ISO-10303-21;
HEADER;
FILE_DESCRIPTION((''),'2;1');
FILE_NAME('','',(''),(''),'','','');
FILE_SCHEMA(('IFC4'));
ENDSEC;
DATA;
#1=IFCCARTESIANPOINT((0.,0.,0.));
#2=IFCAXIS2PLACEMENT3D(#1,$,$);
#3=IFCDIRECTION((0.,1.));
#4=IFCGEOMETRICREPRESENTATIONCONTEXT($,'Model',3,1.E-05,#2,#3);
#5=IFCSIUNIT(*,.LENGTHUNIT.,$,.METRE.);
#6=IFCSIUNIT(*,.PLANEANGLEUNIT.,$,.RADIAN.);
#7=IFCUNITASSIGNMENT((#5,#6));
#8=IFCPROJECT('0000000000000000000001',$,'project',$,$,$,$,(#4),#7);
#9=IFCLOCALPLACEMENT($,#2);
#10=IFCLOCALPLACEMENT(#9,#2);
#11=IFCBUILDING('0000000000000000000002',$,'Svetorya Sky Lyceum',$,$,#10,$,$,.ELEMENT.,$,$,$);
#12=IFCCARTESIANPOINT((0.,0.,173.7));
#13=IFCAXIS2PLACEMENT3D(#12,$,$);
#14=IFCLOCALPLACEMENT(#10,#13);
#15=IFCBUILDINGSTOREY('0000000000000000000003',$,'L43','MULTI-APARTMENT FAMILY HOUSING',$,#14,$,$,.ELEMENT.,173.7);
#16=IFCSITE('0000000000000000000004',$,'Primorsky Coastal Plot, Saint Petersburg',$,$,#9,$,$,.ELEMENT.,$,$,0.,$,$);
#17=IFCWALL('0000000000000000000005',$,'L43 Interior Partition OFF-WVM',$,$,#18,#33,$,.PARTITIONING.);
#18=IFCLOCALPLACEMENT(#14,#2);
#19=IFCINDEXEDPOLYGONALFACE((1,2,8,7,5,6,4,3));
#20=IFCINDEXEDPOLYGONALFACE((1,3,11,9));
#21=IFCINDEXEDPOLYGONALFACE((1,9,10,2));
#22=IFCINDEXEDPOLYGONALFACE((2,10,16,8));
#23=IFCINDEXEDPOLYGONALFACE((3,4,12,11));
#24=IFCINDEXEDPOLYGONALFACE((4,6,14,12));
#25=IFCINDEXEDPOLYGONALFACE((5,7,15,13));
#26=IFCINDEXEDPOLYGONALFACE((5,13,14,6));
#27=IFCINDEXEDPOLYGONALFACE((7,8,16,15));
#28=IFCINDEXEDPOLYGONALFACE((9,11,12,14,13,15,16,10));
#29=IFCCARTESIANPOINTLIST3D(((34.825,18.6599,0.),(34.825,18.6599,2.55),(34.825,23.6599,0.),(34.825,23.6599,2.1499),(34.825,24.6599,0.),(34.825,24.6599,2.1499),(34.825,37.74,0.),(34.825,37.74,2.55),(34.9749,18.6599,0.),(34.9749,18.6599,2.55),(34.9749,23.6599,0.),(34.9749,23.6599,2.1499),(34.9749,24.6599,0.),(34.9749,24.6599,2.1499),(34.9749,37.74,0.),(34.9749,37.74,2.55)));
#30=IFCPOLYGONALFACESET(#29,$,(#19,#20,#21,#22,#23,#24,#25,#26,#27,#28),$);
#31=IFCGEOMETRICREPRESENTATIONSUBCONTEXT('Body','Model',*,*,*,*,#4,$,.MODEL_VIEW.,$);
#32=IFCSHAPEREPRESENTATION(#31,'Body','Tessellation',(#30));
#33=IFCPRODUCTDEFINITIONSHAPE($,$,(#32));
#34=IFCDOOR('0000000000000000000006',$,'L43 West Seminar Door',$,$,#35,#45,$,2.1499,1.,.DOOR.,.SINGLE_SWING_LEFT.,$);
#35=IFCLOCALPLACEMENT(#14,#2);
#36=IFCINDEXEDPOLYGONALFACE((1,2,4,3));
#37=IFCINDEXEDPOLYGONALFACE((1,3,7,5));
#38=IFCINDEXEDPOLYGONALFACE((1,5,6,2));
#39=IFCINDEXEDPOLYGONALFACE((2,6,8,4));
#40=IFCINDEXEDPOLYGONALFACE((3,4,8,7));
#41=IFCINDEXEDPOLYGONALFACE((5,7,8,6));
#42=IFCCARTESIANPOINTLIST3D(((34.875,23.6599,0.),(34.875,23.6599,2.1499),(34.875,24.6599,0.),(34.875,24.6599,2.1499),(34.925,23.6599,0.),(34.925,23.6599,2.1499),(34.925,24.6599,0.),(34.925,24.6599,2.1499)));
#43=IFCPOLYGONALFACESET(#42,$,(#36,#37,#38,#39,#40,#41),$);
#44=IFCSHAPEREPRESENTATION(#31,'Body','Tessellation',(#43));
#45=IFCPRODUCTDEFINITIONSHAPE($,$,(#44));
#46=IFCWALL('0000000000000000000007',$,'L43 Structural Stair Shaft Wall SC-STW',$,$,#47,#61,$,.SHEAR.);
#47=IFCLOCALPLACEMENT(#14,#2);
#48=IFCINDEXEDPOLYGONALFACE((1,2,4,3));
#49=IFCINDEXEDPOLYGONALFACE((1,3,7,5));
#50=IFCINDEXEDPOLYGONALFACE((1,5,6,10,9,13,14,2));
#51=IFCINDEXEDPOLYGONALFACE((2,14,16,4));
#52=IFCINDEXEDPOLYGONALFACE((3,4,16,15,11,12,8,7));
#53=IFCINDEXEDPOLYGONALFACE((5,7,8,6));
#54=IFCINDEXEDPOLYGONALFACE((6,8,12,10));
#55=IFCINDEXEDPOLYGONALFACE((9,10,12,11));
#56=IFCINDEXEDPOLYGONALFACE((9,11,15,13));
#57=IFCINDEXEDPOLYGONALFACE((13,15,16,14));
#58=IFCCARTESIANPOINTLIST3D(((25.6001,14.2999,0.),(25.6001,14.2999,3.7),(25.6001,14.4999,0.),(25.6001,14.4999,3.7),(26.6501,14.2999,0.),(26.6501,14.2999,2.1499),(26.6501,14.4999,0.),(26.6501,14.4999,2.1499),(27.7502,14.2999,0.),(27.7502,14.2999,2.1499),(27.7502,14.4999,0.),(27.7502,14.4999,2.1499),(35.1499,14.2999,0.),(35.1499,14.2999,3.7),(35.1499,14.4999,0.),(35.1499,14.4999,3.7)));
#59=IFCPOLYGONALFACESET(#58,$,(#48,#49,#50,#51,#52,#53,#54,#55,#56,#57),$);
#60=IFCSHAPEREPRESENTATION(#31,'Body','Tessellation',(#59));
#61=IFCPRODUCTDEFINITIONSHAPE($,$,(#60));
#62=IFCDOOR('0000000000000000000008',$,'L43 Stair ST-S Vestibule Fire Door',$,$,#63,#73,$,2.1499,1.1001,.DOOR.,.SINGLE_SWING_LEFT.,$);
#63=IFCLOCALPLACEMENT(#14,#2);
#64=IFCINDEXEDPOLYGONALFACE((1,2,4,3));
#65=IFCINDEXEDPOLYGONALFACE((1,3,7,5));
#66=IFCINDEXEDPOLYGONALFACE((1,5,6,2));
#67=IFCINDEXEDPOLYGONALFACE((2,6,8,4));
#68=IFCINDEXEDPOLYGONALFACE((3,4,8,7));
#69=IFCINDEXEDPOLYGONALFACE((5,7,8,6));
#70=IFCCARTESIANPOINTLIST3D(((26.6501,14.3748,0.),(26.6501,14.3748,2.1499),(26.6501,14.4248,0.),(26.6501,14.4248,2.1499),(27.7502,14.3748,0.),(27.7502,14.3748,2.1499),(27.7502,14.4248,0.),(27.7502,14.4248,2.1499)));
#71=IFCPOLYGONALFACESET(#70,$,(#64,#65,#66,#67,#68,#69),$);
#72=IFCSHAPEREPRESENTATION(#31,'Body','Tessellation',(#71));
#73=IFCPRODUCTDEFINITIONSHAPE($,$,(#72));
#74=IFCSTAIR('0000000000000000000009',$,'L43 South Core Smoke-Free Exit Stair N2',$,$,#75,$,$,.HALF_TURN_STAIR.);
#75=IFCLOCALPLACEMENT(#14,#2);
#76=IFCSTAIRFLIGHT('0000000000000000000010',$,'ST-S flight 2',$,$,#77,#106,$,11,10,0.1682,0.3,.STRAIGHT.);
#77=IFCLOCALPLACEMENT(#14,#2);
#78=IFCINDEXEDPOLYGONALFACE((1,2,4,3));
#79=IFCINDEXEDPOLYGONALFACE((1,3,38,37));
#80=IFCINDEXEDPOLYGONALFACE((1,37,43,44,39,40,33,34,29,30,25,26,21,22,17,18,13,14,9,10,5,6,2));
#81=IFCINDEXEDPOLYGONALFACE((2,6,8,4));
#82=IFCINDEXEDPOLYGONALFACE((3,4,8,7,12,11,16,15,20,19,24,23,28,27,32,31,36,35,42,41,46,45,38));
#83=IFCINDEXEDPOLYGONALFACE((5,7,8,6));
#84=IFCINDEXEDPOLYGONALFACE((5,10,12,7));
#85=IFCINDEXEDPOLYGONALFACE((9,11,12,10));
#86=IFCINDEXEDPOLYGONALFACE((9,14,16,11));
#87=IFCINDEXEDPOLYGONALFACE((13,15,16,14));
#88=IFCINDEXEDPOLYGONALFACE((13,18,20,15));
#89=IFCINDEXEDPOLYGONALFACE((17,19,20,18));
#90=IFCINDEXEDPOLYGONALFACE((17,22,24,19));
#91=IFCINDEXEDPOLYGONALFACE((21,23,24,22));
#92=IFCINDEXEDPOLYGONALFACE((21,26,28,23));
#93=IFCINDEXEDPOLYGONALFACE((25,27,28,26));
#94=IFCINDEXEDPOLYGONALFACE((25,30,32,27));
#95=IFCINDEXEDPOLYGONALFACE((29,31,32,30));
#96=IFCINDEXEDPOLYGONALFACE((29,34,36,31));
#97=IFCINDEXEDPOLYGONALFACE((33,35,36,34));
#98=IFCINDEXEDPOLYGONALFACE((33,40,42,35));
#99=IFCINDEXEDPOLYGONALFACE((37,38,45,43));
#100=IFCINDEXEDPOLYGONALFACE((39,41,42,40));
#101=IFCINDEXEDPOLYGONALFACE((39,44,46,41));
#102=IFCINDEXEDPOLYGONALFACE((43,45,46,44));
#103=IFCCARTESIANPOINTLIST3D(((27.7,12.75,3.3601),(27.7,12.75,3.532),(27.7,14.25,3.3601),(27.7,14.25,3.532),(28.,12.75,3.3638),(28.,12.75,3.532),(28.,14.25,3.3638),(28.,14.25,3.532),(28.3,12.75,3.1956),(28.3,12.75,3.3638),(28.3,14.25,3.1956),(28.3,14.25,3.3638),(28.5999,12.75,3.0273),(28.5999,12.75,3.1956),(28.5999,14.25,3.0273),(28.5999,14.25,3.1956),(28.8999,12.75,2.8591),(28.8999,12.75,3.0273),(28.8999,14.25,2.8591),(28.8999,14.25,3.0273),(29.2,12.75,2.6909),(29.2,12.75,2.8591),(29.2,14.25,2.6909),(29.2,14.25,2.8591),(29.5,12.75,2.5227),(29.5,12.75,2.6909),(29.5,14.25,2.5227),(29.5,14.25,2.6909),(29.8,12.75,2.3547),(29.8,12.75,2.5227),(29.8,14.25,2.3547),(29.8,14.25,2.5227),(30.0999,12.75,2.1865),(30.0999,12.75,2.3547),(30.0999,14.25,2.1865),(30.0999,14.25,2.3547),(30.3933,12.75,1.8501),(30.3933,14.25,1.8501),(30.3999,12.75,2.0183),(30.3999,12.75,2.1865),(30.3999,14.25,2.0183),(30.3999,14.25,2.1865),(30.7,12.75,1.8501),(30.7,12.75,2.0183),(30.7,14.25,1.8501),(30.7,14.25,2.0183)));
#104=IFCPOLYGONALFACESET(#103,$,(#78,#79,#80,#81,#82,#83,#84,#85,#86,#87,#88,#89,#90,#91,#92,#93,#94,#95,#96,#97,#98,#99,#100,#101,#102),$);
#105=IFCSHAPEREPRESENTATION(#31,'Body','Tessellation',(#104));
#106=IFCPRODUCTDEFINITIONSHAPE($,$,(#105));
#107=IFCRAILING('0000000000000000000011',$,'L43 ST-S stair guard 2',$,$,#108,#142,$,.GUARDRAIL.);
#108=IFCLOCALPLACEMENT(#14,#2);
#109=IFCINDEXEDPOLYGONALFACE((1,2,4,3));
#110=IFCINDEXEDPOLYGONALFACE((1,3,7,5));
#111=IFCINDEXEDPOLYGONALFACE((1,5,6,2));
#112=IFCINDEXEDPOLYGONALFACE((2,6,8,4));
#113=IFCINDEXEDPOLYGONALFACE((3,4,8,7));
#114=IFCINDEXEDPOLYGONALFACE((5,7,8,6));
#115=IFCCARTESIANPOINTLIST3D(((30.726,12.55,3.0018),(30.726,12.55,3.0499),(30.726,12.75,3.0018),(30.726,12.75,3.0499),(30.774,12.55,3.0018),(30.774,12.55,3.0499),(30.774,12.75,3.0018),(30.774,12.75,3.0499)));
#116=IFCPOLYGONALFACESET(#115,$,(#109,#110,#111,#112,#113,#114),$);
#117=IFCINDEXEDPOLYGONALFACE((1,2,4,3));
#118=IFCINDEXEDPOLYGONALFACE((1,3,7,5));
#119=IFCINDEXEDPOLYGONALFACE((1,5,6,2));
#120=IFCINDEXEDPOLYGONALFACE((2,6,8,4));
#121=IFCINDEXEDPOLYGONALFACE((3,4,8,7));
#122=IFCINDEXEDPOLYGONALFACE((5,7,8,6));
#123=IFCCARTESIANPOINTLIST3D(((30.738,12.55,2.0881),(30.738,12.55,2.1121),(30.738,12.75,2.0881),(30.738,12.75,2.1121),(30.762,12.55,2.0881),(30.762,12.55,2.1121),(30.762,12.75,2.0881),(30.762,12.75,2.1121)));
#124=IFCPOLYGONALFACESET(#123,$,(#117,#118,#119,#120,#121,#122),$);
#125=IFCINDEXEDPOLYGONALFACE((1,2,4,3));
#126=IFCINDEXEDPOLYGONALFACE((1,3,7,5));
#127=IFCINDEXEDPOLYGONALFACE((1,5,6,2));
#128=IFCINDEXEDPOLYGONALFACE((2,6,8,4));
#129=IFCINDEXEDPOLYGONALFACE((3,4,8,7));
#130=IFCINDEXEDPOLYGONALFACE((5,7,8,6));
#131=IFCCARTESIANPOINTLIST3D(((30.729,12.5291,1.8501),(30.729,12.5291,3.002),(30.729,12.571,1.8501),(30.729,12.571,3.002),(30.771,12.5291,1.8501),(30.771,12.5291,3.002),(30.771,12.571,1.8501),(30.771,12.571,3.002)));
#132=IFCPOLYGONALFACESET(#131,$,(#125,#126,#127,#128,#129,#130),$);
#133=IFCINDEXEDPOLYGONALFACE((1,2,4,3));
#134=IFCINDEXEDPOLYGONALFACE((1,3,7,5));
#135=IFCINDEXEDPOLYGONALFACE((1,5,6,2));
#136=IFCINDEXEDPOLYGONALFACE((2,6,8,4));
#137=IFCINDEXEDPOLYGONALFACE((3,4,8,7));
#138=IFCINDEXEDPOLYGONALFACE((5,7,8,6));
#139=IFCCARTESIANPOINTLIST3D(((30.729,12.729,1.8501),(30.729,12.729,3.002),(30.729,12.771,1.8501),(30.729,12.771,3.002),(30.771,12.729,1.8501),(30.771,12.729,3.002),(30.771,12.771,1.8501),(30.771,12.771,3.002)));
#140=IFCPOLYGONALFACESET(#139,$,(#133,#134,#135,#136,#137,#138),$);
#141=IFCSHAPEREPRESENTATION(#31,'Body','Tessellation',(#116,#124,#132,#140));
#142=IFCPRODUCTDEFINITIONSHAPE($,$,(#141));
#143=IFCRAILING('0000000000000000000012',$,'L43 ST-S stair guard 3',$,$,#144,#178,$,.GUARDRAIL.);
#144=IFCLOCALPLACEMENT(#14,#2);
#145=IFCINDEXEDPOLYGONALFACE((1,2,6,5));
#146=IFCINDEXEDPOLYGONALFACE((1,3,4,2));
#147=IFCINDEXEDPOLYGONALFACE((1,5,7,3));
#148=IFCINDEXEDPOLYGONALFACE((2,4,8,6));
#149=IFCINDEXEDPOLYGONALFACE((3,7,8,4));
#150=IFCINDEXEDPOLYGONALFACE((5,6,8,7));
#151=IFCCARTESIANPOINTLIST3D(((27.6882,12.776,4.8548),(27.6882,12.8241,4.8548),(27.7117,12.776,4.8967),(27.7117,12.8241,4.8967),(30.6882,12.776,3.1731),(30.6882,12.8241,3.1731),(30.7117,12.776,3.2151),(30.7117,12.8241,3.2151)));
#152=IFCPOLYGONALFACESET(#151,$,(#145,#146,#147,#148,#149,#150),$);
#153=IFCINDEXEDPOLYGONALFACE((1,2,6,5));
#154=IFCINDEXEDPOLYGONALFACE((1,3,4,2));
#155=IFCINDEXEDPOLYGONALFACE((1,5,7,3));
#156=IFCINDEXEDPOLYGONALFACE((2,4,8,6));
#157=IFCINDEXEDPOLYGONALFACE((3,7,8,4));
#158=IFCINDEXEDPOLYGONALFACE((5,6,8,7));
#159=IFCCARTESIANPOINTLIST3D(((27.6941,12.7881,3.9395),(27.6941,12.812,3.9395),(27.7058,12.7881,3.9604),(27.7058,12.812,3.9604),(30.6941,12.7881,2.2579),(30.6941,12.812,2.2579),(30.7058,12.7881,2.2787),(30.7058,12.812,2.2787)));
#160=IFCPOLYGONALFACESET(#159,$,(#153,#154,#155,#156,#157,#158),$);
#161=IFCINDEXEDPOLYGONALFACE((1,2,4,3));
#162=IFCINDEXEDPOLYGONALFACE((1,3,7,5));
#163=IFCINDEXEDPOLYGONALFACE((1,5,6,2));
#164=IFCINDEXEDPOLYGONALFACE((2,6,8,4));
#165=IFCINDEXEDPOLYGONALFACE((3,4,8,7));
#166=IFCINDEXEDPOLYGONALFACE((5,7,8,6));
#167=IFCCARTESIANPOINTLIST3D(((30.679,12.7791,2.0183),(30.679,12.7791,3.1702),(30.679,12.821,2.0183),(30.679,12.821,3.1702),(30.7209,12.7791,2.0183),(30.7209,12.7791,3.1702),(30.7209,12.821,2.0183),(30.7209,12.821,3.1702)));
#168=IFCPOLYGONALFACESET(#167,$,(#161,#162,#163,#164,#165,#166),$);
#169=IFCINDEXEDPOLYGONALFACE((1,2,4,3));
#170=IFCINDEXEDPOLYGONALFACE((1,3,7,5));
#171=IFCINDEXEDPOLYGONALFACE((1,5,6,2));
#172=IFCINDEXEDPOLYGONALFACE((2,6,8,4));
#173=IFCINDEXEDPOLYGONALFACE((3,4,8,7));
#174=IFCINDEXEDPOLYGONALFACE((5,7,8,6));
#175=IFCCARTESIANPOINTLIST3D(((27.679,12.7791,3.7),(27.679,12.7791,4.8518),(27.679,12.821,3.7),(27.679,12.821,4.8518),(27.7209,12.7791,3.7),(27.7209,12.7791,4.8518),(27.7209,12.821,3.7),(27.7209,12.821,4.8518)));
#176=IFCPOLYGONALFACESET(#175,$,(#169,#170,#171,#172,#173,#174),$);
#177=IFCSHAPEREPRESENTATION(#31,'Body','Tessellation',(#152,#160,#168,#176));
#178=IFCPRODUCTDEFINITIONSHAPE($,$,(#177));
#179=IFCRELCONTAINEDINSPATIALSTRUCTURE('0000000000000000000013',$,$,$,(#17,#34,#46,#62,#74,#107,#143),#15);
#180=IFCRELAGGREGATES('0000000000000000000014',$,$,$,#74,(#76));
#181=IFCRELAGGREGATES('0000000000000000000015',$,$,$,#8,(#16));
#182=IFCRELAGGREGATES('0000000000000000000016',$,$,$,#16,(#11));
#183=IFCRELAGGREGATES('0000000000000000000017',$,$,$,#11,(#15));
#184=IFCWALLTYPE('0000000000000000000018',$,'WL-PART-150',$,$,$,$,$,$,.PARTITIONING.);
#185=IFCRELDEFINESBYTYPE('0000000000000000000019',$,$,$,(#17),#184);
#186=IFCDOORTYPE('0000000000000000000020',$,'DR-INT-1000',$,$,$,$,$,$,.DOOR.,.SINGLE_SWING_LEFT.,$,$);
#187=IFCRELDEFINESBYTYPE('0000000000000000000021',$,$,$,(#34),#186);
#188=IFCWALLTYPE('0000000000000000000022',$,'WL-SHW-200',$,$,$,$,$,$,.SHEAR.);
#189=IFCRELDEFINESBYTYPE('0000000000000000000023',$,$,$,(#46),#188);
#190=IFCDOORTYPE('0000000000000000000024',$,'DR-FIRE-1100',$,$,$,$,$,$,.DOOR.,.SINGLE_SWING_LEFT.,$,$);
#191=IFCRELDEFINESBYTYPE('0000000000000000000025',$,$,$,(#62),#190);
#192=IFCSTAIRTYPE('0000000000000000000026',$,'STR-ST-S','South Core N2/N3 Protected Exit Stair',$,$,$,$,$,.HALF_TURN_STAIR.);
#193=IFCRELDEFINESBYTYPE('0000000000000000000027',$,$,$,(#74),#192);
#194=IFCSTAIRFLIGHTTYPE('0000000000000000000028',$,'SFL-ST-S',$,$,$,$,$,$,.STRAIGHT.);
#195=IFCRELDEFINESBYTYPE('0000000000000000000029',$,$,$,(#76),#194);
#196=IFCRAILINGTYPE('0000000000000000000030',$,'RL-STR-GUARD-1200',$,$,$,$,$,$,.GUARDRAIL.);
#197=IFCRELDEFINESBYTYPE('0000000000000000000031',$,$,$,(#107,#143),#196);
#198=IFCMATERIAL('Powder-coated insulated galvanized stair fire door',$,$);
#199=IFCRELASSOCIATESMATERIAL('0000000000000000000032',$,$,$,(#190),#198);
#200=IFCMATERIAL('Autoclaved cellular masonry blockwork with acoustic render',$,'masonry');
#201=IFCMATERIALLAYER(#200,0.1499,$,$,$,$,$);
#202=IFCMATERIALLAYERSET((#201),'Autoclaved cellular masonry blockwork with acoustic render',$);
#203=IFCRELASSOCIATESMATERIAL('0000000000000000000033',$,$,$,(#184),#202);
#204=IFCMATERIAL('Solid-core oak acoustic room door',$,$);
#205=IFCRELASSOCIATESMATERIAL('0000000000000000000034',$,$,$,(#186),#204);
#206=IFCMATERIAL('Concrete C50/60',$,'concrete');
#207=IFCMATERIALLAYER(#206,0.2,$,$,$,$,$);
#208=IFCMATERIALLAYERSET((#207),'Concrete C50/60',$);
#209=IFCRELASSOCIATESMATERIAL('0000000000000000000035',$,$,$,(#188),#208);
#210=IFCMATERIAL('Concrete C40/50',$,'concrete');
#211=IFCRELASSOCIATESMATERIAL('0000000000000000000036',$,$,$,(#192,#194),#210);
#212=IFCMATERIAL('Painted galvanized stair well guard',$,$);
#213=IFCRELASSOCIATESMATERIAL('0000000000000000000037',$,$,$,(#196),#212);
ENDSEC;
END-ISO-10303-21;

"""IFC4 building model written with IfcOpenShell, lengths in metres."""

from ifc_helpers import new_model, si_unit, direction, frame, frame_2d, origin, origin_2d, place, context, subcontext, project, spatial, polyline, rectangle, outline, extrude, material, layer, layer_set, type_object, element, fill, aggregate, save


model = new_model("IFC4")

# Units and contexts
model_context = context("Model", 3, precision=1e-05, world=origin(), true_north=direction((0.0, 1.0)))
body_context = subcontext(model_context, "Body", "Model", "MODEL_VIEW")
ifc_project = project(units=[si_unit("LENGTHUNIT", "METRE"), si_unit("PLANEANGLEUNIT", "RADIAN")], contexts=[model_context])

# Site, building, storey
site_placement = place(None, origin())
site = spatial("IfcSite", under=ifc_project, at=site_placement, Name="Primorsky Coastal Plot, Saint Petersburg", CompositionType="ELEMENT", RefElevation=0.0)
building_placement = place(site_placement, origin())
building = spatial("IfcBuilding", under=site, at=building_placement, Name="Svetorya Sky Lyceum", CompositionType="ELEMENT")
storey_placement = place(building_placement, frame((0.0, 0.0, 173.7)))
storey = spatial("IfcBuildingStorey", under=building, at=storey_placement, Name="L43", Description="MULTI-APARTMENT FAMILY HOUSING", CompositionType="ELEMENT", Elevation=173.7)

# Shared definitions
ifc_material_1 = material(Name="Concrete C50/60", Category="concrete")

# Shared definitions
ifc_material_2 = material(Name="Powder-coated insulated galvanized stair fire door")
door_type_1 = type_object("IfcDoorType", Name="DR-FIRE-1100", OperationType="SINGLE_SWING_LEFT", PredefinedType="DOOR", material=ifc_material_2)

# Shared definitions
ifc_material_3 = material(Name="Autoclaved cellular masonry blockwork with acoustic render", Category="masonry")
ifc_layer_1 = layer(ifc_material_3, 0.1499)
ifc_layer_set_1 = layer_set([ifc_layer_1], Name="Autoclaved cellular masonry blockwork with acoustic render")
wall_type_1 = type_object("IfcWallType", Name="WL-PART-150", PredefinedType="PARTITIONING", material=ifc_layer_set_1)

# Walls, openings, doors
wall_1_placement = place(storey_placement, frame((34.8999, 18.6599, 0.0), z_axis=(0.0, 0.0, 1.0), x_axis=(0.0, 1.0, 0.0)))
wall_1 = element("IfcWall", 1, at=wall_1_placement, inside=storey, type_object=wall_type_1, Name="L43 Interior Partition OFF-WVM", PredefinedType="PARTITIONING", context=body_context, shape_type="SweptSolid", body=[
    extrude(rectangle(XDim=19.0801, YDim=0.1499, at=frame_2d((9.54, 0.0))), origin(), (0.0, 0.0, 1.0), 2.55),
])
opening_1_placement = place(wall_1_placement, frame((5.0, 0.0, 0.0)))
opening_1 = element("IfcOpeningElement", 2, at=opening_1_placement, cuts=wall_1, PredefinedType="OPENING", context=body_context, shape_type="SweptSolid", body=[
    extrude(rectangle(XDim=1.0, YDim=2.1499, at=frame_2d((0.5, 1.075))), frame((0.0, 0.085, 0.0), z_axis=(0.0, -1.0, 0.0), x_axis=(1.0, 0.0, 0.0)), (0.0, 0.0, 1.0), 0.1699),
])
ifc_material_4 = material(Name="Solid-core oak acoustic room door")
door_type_2 = type_object("IfcDoorType", Name="DR-INT-1000", OperationType="SINGLE_SWING_LEFT", PredefinedType="DOOR", material=ifc_material_4)
door_1_placement = place(opening_1_placement, origin())
door_1 = element("IfcDoor", 3, at=door_1_placement, inside=storey, type_object=door_type_2, Name="L43 West Seminar Door", OperationType="SINGLE_SWING_LEFT", OverallHeight=2.1499, OverallWidth=1.0, PredefinedType="DOOR", context=body_context, shape_type="SweptSolid", body=[
    extrude(rectangle(XDim=1.0, YDim=2.1499, at=frame_2d((0.5, 1.075))), frame((0.0, 0.0249, 0.0), z_axis=(0.0, -1.0, 0.0), x_axis=(1.0, 0.0, 0.0)), (0.0, 0.0, 1.0), 0.05),
])
fill(opening_1, door_1)
ifc_layer_2 = layer(ifc_material_1, 0.2)
ifc_layer_set_2 = layer_set([ifc_layer_2], Name="Concrete C50/60")
wall_type_2 = type_object("IfcWallType", Name="WL-SHW-200", PredefinedType="SHEAR", material=ifc_layer_set_2)
wall_2_placement = place(storey_placement, frame((25.6001, 14.3999, 0.0), z_axis=(0.0, 0.0, 1.0), x_axis=(1.0, 0.0, 0.0)))
wall_2 = element("IfcWall", 4, at=wall_2_placement, inside=storey, type_object=wall_type_2, Name="L43 Structural Stair Shaft Wall SC-STW", PredefinedType="SHEAR", context=body_context, shape_type="SweptSolid", body=[
    extrude(rectangle(XDim=9.5498, YDim=0.2, at=frame_2d((4.7749, 0.0))), origin(), (0.0, 0.0, 1.0), 3.7),
])
opening_2_placement = place(wall_2_placement, frame((1.05, 0.0, 0.0)))
opening_2 = element("IfcOpeningElement", 5, at=opening_2_placement, cuts=wall_2, PredefinedType="OPENING", context=body_context, shape_type="SweptSolid", body=[
    extrude(rectangle(XDim=1.1001, YDim=2.1499, at=frame_2d((0.55, 1.075))), frame((0.0, 0.1099, 0.0), z_axis=(0.0, -1.0, 0.0), x_axis=(1.0, 0.0, 0.0)), (0.0, 0.0, 1.0), 0.22),
])
door_2_placement = place(opening_2_placement, origin())
door_2 = element("IfcDoor", 6, at=door_2_placement, inside=storey, type_object=door_type_1, Name="L43 Stair ST-S Vestibule Fire Door", OperationType="SINGLE_SWING_LEFT", OverallHeight=2.1499, OverallWidth=1.1001, PredefinedType="DOOR", context=body_context, shape_type="SweptSolid", body=[
    extrude(rectangle(XDim=1.1001, YDim=2.1499, at=frame_2d((0.55, 1.075))), frame((0.0, 0.0249, 0.0), z_axis=(0.0, -1.0, 0.0), x_axis=(1.0, 0.0, 0.0)), (0.0, 0.0, 1.0), 0.05),
])
fill(opening_2, door_2)

# Stair, stair flight
ifc_material_5 = material(Name="Concrete C40/50", Category="concrete")
stair_type = type_object("IfcStairType", Name="STR-ST-S", Description="South Core N2/N3 Protected Exit Stair", PredefinedType="HALF_TURN_STAIR", material=ifc_material_5)
stair_placement = place(storey_placement, origin())
stair = element("IfcStair", 7, at=stair_placement, inside=storey, type_object=stair_type, Name="L43 South Core Smoke-Free Exit Stair N2", PredefinedType="HALF_TURN_STAIR")
stair_flight_type = type_object("IfcStairFlightType", Name="SFL-ST-S", PredefinedType="STRAIGHT", material=ifc_material_5)
stair_flight_placement = place(storey_placement, frame((30.7, 13.5, 1.8501), z_axis=(0.0, 0.0, 1.0), x_axis=(-1.0, 0.0, 0.0)))
stair_flight = element("IfcStairFlight", 8, at=stair_flight_placement, type_object=stair_flight_type, Name="ST-S flight 2", NumberOfRisers=11, NumberOfTreads=10, PredefinedType="STRAIGHT", RiserHeight=0.1682, TreadLength=0.3, context=body_context, shape_type="SweptSolid", body=[
    extrude(outline(polyline([(0.0, 0.0), (0.0, 0.1682), (0.3, 0.1682), (0.3, 0.3364), (0.6001, 0.3364), (0.6001, 0.5046), (0.8999, 0.5046), (0.8999, 0.6726), (1.2, 0.6726), (1.2, 0.8408), (1.5, 0.8408), (1.5, 1.009), (1.8, 1.009), (1.8, 1.1772), (2.1001, 1.1772), (2.1001, 1.3455), (2.3999, 1.3455), (2.3999, 1.5137), (2.7, 1.5137), (2.7, 1.6819), (3.0, 1.6819), (3.0, 1.8501), (3.0, 1.51), (0.3066, 0.0), (0.0, 0.0)])), frame((0.0, 0.75, 0.0), z_axis=(0.0, -1.0, 0.0), x_axis=(1.0, 0.0, 0.0)), (0.0, 0.0, 1.0), 1.5),
])
aggregate(stair, [stair_flight])

# Railings
ifc_material_6 = material(Name="Painted galvanized stair well guard")
railing_type_1 = type_object("IfcRailingType", Name="RL-STR-GUARD-1200", PredefinedType="GUARDRAIL", material=ifc_material_6)
railing_1_placement = place(storey_placement, frame((30.75, 12.55, 1.8501)))
element("IfcRailing", 9, at=railing_1_placement, inside=storey, type_object=railing_type_1, Name="L43 ST-S stair guard 2", PredefinedType="GUARDRAIL", context=body_context, shape_type="SweptSolid", body=[
    extrude(rectangle(XDim=0.0481, YDim=0.0481, at=origin_2d()), frame((0.0, 0.0, 1.1758), z_axis=(0.0, 1.0, 0.0), x_axis=(-1.0, 0.0, 0.0)), (0.0, 0.0, 1.0), 0.2),
    extrude(rectangle(XDim=0.0239, YDim=0.0239, at=origin_2d()), frame((0.0, 0.0, 0.25), z_axis=(0.0, 1.0, 0.0), x_axis=(-1.0, 0.0, 0.0)), (0.0, 0.0, 1.0), 0.2),
    extrude(rectangle(XDim=0.042, YDim=0.042, at=origin_2d()), origin(), (0.0, 0.0, 1.0), 1.1519),
    extrude(rectangle(XDim=0.042, YDim=0.042, at=origin_2d()), frame((0.0, 0.2, 0.0)), (0.0, 0.0, 1.0), 1.1519),
])
railing_2_placement = place(storey_placement, frame((30.7, 12.8, 2.0183)))
element("IfcRailing", 10, at=railing_2_placement, inside=storey, type_object=railing_type_1, Name="L43 ST-S stair guard 3", PredefinedType="GUARDRAIL", context=body_context, shape_type="SweptSolid", body=[
    extrude(rectangle(XDim=0.0481, YDim=0.0481, at=origin_2d()), frame((0.0, 0.0, 1.1758), z_axis=(-0.872303, 0.0, 0.488966), x_axis=(0.0, -1.0, 0.0)), (0.0, 0.0, 1.0), 3.4392),
    extrude(rectangle(XDim=0.0239, YDim=0.0239, at=origin_2d()), frame((0.0, 0.0, 0.25), z_axis=(-0.872303, 0.0, 0.488966), x_axis=(0.0, -1.0, 0.0)), (0.0, 0.0, 1.0), 3.4392),
    extrude(rectangle(XDim=0.042, YDim=0.042, at=origin_2d()), origin(), (0.0, 0.0, 1.0), 1.1519),
    extrude(rectangle(XDim=0.042, YDim=0.042, at=origin_2d()), frame((-3.0, 0.0, 1.6816)), (0.0, 0.0, 1.0), 1.1519),
])

save(model, "model.ifc")
